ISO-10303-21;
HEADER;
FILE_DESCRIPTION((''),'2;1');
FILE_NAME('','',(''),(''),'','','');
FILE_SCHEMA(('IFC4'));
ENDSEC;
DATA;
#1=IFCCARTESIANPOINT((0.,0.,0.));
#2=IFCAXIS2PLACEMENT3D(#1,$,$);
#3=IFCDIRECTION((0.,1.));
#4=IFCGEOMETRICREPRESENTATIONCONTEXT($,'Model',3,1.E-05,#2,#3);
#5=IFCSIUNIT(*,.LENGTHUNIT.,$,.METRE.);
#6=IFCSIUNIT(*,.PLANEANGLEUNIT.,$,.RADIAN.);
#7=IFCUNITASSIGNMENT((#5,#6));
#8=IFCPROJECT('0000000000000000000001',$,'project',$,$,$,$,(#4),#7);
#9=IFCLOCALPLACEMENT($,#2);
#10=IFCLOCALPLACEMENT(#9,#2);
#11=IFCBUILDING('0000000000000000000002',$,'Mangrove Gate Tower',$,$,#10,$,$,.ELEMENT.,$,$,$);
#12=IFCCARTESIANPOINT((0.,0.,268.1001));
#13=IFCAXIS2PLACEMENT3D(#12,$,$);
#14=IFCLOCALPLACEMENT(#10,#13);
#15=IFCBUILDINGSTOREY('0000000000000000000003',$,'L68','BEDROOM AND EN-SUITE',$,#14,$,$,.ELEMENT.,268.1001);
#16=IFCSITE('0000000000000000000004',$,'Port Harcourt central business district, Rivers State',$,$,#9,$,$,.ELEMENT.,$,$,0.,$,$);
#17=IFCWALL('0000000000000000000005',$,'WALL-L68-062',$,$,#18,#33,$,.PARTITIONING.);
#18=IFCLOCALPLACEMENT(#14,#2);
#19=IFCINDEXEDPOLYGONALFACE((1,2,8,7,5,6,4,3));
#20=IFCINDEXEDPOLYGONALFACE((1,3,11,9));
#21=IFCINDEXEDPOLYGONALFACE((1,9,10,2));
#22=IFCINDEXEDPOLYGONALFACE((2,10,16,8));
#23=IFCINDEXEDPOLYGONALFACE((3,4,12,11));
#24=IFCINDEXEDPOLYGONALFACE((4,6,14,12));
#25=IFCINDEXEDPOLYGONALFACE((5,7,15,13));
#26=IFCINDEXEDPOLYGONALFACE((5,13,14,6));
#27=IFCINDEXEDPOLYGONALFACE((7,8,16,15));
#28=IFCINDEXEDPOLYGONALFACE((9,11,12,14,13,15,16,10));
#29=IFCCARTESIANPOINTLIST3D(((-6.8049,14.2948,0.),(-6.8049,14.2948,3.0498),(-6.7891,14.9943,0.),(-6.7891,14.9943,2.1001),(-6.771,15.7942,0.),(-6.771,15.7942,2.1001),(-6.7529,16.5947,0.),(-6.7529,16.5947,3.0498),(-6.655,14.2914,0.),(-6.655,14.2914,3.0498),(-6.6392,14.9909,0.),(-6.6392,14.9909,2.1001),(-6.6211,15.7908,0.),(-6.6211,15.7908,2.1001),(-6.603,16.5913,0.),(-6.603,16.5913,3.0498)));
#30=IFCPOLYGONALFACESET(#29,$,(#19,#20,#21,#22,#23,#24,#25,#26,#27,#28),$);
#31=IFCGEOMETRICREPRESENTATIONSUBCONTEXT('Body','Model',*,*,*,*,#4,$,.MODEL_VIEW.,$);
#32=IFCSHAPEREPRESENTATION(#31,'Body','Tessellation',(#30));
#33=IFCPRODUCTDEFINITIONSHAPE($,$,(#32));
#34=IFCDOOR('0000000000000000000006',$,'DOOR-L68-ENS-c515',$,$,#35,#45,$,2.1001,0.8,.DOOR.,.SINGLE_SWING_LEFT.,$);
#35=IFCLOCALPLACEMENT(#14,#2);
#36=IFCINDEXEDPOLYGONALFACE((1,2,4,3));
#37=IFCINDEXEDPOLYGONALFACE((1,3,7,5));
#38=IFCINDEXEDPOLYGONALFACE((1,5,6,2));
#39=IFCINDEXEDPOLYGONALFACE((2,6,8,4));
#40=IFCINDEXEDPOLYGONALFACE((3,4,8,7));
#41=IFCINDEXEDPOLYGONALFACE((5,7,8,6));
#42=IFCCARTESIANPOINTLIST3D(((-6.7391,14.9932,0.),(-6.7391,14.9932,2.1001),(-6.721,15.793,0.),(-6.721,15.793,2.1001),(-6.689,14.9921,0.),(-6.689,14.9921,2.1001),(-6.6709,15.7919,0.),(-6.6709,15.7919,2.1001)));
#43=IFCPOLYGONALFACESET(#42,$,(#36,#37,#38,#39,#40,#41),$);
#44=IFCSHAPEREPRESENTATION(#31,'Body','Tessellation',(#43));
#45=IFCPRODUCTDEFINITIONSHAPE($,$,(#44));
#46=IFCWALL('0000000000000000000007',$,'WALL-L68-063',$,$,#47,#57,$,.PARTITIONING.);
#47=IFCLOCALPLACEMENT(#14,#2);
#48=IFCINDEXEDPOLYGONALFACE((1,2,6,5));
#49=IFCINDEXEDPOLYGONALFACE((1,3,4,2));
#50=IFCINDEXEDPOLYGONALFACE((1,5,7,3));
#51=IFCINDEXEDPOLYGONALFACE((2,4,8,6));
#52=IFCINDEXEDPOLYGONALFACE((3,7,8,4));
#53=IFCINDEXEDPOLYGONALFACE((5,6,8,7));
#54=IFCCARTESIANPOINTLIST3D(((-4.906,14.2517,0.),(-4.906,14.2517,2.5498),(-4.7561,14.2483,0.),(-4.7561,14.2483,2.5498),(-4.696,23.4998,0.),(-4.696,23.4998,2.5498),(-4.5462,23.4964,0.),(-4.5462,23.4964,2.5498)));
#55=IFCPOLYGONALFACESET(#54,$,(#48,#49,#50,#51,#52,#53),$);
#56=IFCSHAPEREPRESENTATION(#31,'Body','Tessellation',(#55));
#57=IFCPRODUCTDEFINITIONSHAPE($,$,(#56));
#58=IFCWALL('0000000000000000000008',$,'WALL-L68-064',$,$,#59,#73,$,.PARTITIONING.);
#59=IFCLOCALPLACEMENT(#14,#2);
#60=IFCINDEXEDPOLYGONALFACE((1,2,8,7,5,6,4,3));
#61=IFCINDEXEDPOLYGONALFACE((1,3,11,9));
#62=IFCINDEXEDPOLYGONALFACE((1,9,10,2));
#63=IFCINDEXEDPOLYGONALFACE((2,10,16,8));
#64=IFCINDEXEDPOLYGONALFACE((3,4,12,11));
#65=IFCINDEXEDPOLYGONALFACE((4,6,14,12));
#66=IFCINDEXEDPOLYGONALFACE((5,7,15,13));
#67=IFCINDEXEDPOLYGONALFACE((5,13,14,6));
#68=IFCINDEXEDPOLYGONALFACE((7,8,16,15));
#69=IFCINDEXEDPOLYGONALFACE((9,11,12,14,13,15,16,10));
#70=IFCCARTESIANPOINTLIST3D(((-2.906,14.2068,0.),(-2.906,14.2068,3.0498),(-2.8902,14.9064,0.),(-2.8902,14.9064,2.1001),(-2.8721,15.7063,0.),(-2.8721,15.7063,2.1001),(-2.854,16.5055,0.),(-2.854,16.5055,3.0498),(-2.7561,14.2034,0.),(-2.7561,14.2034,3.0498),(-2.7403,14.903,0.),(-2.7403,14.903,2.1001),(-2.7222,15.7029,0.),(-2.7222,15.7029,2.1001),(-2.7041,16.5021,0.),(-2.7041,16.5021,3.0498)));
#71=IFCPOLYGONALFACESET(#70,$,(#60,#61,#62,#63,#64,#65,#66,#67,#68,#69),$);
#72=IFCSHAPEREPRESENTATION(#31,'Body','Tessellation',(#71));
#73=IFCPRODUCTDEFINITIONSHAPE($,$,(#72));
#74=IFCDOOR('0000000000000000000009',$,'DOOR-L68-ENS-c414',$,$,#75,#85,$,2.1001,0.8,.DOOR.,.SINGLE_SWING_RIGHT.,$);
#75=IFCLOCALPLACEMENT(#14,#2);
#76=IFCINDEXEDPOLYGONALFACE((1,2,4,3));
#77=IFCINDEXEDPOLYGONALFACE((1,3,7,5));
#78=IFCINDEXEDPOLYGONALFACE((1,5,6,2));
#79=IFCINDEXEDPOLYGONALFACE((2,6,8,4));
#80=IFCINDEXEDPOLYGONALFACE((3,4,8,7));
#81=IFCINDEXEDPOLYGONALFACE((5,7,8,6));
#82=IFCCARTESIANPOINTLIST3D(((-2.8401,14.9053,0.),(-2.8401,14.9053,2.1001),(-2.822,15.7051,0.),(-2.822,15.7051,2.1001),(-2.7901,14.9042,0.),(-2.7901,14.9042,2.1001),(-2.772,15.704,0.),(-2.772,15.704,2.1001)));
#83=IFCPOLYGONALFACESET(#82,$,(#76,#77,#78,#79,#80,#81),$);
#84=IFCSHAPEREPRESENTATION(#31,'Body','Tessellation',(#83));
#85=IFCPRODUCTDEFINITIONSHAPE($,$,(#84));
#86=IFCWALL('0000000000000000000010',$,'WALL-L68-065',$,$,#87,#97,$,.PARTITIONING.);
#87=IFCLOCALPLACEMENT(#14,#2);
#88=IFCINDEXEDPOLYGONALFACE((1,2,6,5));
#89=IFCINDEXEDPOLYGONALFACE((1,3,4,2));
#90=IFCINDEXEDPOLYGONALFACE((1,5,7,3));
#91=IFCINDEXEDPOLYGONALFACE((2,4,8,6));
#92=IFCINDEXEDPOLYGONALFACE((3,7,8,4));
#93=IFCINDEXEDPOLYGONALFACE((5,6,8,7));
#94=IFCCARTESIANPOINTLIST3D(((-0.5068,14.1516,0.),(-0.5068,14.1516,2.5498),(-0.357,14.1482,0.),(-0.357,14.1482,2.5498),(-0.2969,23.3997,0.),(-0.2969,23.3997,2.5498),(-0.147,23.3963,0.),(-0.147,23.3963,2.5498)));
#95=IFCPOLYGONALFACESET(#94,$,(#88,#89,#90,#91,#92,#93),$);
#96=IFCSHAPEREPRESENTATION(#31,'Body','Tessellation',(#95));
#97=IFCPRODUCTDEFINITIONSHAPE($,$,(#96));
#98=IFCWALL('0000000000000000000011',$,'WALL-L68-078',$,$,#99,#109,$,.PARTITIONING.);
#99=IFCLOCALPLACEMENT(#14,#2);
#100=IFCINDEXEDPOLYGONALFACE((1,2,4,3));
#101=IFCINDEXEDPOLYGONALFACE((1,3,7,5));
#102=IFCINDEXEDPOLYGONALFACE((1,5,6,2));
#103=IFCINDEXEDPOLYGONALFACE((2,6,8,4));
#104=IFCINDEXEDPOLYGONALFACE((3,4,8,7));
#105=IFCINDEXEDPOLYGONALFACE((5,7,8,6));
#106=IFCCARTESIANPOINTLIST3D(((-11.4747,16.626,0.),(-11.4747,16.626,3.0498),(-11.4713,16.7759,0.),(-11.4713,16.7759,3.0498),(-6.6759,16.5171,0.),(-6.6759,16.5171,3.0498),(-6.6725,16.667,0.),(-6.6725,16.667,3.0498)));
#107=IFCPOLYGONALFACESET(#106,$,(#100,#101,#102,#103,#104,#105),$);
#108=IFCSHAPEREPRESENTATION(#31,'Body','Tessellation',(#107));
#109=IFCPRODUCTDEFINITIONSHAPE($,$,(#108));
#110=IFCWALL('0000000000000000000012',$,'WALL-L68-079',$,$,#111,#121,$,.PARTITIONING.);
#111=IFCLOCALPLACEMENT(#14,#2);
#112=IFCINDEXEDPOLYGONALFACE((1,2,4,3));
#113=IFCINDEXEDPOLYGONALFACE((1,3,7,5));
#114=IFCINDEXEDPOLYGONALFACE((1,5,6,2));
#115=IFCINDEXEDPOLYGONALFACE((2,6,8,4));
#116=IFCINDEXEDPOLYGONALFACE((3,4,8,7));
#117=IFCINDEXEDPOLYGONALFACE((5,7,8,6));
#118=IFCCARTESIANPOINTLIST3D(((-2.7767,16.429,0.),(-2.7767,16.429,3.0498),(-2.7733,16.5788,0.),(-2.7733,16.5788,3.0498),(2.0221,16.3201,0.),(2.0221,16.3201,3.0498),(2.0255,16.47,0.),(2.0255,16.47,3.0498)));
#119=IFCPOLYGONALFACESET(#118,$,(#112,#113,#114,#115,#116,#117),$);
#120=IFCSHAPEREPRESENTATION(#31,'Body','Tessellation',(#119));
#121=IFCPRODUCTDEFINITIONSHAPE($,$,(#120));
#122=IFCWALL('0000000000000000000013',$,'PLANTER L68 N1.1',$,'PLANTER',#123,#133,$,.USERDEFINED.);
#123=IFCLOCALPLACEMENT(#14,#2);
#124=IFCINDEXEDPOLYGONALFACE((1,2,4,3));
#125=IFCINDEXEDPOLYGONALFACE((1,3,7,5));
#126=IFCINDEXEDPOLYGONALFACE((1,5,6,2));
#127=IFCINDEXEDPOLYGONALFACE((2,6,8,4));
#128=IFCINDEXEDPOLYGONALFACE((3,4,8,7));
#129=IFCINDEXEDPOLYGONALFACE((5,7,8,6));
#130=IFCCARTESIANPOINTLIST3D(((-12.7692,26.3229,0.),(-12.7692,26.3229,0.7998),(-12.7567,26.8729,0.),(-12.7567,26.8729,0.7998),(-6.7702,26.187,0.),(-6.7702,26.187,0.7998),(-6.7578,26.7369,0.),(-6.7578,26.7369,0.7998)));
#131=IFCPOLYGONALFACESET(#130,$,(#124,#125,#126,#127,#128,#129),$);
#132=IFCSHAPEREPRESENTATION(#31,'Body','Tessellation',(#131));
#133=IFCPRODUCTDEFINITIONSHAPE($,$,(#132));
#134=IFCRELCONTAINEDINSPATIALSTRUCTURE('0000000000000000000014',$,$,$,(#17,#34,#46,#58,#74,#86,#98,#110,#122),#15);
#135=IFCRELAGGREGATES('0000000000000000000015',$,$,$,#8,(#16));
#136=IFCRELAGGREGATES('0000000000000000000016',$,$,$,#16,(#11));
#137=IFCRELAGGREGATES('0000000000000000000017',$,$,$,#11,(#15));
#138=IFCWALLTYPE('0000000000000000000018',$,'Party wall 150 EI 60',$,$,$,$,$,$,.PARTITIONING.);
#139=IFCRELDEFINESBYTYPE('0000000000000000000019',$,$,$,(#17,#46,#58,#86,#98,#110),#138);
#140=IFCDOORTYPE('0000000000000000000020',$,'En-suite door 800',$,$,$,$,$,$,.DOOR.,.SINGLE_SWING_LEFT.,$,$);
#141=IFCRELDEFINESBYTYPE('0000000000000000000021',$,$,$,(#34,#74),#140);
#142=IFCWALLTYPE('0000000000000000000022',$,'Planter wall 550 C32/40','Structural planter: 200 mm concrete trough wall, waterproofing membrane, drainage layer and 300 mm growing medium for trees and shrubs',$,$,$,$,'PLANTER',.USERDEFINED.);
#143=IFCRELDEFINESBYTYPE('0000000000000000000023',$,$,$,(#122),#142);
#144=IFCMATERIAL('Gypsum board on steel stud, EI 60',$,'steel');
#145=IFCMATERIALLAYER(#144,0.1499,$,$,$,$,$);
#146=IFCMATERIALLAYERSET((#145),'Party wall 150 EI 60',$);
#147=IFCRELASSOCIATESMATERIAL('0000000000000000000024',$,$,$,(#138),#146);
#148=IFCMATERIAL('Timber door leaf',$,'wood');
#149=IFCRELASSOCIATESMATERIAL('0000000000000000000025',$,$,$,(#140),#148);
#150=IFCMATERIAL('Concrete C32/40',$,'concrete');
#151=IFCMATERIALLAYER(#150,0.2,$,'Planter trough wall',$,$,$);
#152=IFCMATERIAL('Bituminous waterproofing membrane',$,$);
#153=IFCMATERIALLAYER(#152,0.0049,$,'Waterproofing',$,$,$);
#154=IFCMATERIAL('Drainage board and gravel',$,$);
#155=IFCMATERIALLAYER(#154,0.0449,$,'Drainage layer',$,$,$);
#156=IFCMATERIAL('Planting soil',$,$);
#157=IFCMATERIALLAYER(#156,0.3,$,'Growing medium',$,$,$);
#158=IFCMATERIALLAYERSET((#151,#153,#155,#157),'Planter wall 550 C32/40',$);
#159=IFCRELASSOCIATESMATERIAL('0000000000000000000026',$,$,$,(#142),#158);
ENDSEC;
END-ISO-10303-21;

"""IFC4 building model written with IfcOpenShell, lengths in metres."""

from ifc_helpers import new_model, si_unit, direction, frame, frame_2d, origin, place, context, subcontext, project, spatial, rectangle, extrude, material, layer, layer_set, type_object, element, fill, save


model = new_model("IFC4")

# Units and contexts
model_context = context("Model", 3, precision=1e-05, world=origin(), true_north=direction((0.0, 1.0)))
body_context = subcontext(model_context, "Body", "Model", "MODEL_VIEW")
ifc_project = project(units=[si_unit("LENGTHUNIT", "METRE"), si_unit("PLANEANGLEUNIT", "RADIAN")], contexts=[model_context])

# Site, building, storey
site_placement = place(None, origin())
site = spatial("IfcSite", under=ifc_project, at=site_placement, Name="Port Harcourt central business district, Rivers State", CompositionType="ELEMENT", RefElevation=0.0)
building_placement = place(site_placement, origin())
building = spatial("IfcBuilding", under=site, at=building_placement, Name="Mangrove Gate Tower", CompositionType="ELEMENT")
storey_placement = place(building_placement, frame((0.0, 0.0, 268.1001)))
storey = spatial("IfcBuildingStorey", under=building, at=storey_placement, Name="L68", Description="BEDROOM AND EN-SUITE", CompositionType="ELEMENT", Elevation=268.1001)

# Shared definitions
ifc_material_1 = material(Name="Gypsum board on steel stud, EI 60", Category="steel")
ifc_layer_1 = layer(ifc_material_1, 0.1499)
ifc_layer_set_1 = layer_set([ifc_layer_1], Name="Party wall 150 EI 60")
wall_type_1 = type_object("IfcWallType", Name="Party wall 150 EI 60", PredefinedType="PARTITIONING", material=ifc_layer_set_1)
ifc_material_2 = material(Name="Timber door leaf", Category="wood")
door_type = type_object("IfcDoorType", Name="En-suite door 800", OperationType="SINGLE_SWING_LEFT", PredefinedType="DOOR", material=ifc_material_2)

# Wall, opening, door
wall_1_placement = place(storey_placement, frame((-6.73, 14.293, 0.0), z_axis=(0.0, 0.0, 1.0), x_axis=(0.022603, 0.999745, 0.0)))
wall_1 = element("IfcWall", 1, at=wall_1_placement, inside=storey, type_object=wall_type_1, Name="WALL-L68-062", PredefinedType="PARTITIONING", context=body_context, shape_type="SweptSolid", body=[
    extrude(rectangle(XDim=2.3005, YDim=0.1499, at=frame_2d((1.1504, 0.0))), origin(), (0.0, 0.0, 1.0), 3.0498),
])
opening_1_placement = place(wall_1_placement, frame((0.7, 0.0, 0.0)))
opening_1 = element("IfcOpeningElement", 2, at=opening_1_placement, cuts=wall_1, PredefinedType="OPENING", context=body_context, shape_type="SweptSolid", body=[
    extrude(rectangle(XDim=0.8, YDim=2.1001, at=frame_2d((0.3999, 1.05))), frame((0.0, 0.085, 0.0), z_axis=(0.0, -1.0, 0.0), x_axis=(1.0, 0.0, 0.0)), (0.0, 0.0, 1.0), 0.1699),
])
door_1_placement = place(opening_1_placement, origin())
door_1 = element("IfcDoor", 3, at=door_1_placement, inside=storey, type_object=door_type, Name="DOOR-L68-ENS-c515", OperationType="SINGLE_SWING_LEFT", OverallHeight=2.1001, OverallWidth=0.8, PredefinedType="DOOR", context=body_context, shape_type="SweptSolid", body=[
    extrude(rectangle(XDim=0.8, YDim=2.1001, at=frame_2d((0.3999, 1.05))), frame((0.0, 0.0249, 0.0), z_axis=(0.0, -1.0, 0.0), x_axis=(1.0, 0.0, 0.0)), (0.0, 0.0, 1.0), 0.05),
])
fill(opening_1, door_1)

# Wall
wall_2_placement = place(storey_placement, frame((-4.8311, 14.25, 0.0), z_axis=(0.0, 0.0, 1.0), x_axis=(0.022697, 0.999742, 0.0)))
element("IfcWall", 4, at=wall_2_placement, inside=storey, type_object=wall_type_1, Name="WALL-L68-063", PredefinedType="PARTITIONING", context=body_context, shape_type="SweptSolid", body=[
    extrude(rectangle(XDim=9.2505, YDim=0.1499, at=frame_2d((4.6252, 0.0))), origin(), (0.0, 0.0, 1.0), 2.5498),
])

# Wall, opening, door
wall_3_placement = place(storey_placement, frame((-2.8311, 14.2051, 0.0), z_axis=(0.0, 0.0, 1.0), x_axis=(0.022615, 0.999744, 0.0)))
wall_3 = element("IfcWall", 5, at=wall_3_placement, inside=storey, type_object=wall_type_1, Name="WALL-L68-064", PredefinedType="PARTITIONING", context=body_context, shape_type="SweptSolid", body=[
    extrude(rectangle(XDim=2.2993, YDim=0.1499, at=frame_2d((1.1497, 0.0))), origin(), (0.0, 0.0, 1.0), 3.0498),
])
opening_2_placement = place(wall_3_placement, frame((0.7, 0.0, 0.0)))
opening_2 = element("IfcOpeningElement", 6, at=opening_2_placement, cuts=wall_3, PredefinedType="OPENING", context=body_context, shape_type="SweptSolid", body=[
    extrude(rectangle(XDim=0.8, YDim=2.1001, at=frame_2d((0.3999, 1.05))), frame((0.0, 0.085, 0.0), z_axis=(0.0, -1.0, 0.0), x_axis=(1.0, 0.0, 0.0)), (0.0, 0.0, 1.0), 0.1699),
])
door_2_placement = place(opening_2_placement, origin())
door_2 = element("IfcDoor", 7, at=door_2_placement, inside=storey, type_object=door_type, Name="DOOR-L68-ENS-c414", OperationType="SINGLE_SWING_RIGHT", OverallHeight=2.1001, OverallWidth=0.8, PredefinedType="DOOR", context=body_context, shape_type="SweptSolid", body=[
    extrude(rectangle(XDim=0.8, YDim=2.1001, at=frame_2d((0.3999, 1.05))), frame((0.0, 0.0249, 0.0), z_axis=(0.0, -1.0, 0.0), x_axis=(1.0, 0.0, 0.0)), (0.0, 0.0, 1.0), 0.05),
])
fill(opening_2, door_2)

# Walls
wall_4_placement = place(storey_placement, frame((-0.4319, 14.1499, 0.0), z_axis=(0.0, 0.0, 1.0), x_axis=(0.022697, 0.999742, 0.0)))
element("IfcWall", 8, at=wall_4_placement, inside=storey, type_object=wall_type_1, Name="WALL-L68-065", PredefinedType="PARTITIONING", context=body_context, shape_type="SweptSolid", body=[
    extrude(rectangle(XDim=9.2505, YDim=0.1499, at=frame_2d((4.6252, 0.0))), origin(), (0.0, 0.0, 1.0), 2.5498),
])
for number, where, z_axis, x_axis, name in (
    (9, (-11.4729, 16.7009, 0.0), (0.0, 0.0, 1.0), (0.999743, -0.022684, 0.0), "WALL-L68-078"),
    (10, (-2.7749, 16.5039, 0.0), (0.0, 0.0, 1.0), (0.999743, -0.022684, 0.0), "WALL-L68-079"),
):
    element("IfcWall", number, at=place(storey_placement, frame(where, z_axis=z_axis, x_axis=x_axis)), inside=storey, type_object=wall_type_1, Name=name, PredefinedType="PARTITIONING", context=body_context, shape_type="SweptSolid", body=[
        extrude(rectangle(XDim=4.8, YDim=0.1499, at=frame_2d((2.3999, 0.0))), origin(), (0.0, 0.0, 1.0), 3.0498),
    ])
ifc_material_3 = material(Name="Concrete C32/40", Category="concrete")
ifc_layer_2 = layer(ifc_material_3, 0.2, Name="Planter trough wall")
ifc_material_4 = material(Name="Bituminous waterproofing membrane")
ifc_layer_3 = layer(ifc_material_4, 0.0049, Name="Waterproofing")
ifc_material_5 = material(Name="Drainage board and gravel")
ifc_layer_4 = layer(ifc_material_5, 0.0449, Name="Drainage layer")
ifc_material_6 = material(Name="Planting soil")
ifc_layer_5 = layer(ifc_material_6, 0.3, Name="Growing medium")
ifc_layer_set_2 = layer_set([ifc_layer_2, ifc_layer_3, ifc_layer_4, ifc_layer_5], Name="Planter wall 550 C32/40")
wall_type_2 = type_object("IfcWallType", Name="Planter wall 550 C32/40", Description="Structural planter: 200 mm concrete trough wall, waterproofing membrane, drainage layer and 300 mm growing medium for trees and shrubs", ElementType="PLANTER", PredefinedType="USERDEFINED", material=ifc_layer_set_2)
wall_5_placement = place(storey_placement, frame((-12.7629, 26.5979, 0.0), z_axis=(0.0, 0.0, 1.0), x_axis=(0.999743, -0.022662, 0.0)))
element("IfcWall", 11, at=wall_5_placement, inside=storey, type_object=wall_type_2, Name="PLANTER L68 N1.1", ObjectType="PLANTER", PredefinedType="USERDEFINED", context=body_context, shape_type="SweptSolid", body=[
    extrude(rectangle(XDim=6.0005, YDim=0.55, at=frame_2d((3.0002, 0.0))), origin(), (0.0, 0.0, 1.0), 0.7998),
])

save(model, "model.ifc")
